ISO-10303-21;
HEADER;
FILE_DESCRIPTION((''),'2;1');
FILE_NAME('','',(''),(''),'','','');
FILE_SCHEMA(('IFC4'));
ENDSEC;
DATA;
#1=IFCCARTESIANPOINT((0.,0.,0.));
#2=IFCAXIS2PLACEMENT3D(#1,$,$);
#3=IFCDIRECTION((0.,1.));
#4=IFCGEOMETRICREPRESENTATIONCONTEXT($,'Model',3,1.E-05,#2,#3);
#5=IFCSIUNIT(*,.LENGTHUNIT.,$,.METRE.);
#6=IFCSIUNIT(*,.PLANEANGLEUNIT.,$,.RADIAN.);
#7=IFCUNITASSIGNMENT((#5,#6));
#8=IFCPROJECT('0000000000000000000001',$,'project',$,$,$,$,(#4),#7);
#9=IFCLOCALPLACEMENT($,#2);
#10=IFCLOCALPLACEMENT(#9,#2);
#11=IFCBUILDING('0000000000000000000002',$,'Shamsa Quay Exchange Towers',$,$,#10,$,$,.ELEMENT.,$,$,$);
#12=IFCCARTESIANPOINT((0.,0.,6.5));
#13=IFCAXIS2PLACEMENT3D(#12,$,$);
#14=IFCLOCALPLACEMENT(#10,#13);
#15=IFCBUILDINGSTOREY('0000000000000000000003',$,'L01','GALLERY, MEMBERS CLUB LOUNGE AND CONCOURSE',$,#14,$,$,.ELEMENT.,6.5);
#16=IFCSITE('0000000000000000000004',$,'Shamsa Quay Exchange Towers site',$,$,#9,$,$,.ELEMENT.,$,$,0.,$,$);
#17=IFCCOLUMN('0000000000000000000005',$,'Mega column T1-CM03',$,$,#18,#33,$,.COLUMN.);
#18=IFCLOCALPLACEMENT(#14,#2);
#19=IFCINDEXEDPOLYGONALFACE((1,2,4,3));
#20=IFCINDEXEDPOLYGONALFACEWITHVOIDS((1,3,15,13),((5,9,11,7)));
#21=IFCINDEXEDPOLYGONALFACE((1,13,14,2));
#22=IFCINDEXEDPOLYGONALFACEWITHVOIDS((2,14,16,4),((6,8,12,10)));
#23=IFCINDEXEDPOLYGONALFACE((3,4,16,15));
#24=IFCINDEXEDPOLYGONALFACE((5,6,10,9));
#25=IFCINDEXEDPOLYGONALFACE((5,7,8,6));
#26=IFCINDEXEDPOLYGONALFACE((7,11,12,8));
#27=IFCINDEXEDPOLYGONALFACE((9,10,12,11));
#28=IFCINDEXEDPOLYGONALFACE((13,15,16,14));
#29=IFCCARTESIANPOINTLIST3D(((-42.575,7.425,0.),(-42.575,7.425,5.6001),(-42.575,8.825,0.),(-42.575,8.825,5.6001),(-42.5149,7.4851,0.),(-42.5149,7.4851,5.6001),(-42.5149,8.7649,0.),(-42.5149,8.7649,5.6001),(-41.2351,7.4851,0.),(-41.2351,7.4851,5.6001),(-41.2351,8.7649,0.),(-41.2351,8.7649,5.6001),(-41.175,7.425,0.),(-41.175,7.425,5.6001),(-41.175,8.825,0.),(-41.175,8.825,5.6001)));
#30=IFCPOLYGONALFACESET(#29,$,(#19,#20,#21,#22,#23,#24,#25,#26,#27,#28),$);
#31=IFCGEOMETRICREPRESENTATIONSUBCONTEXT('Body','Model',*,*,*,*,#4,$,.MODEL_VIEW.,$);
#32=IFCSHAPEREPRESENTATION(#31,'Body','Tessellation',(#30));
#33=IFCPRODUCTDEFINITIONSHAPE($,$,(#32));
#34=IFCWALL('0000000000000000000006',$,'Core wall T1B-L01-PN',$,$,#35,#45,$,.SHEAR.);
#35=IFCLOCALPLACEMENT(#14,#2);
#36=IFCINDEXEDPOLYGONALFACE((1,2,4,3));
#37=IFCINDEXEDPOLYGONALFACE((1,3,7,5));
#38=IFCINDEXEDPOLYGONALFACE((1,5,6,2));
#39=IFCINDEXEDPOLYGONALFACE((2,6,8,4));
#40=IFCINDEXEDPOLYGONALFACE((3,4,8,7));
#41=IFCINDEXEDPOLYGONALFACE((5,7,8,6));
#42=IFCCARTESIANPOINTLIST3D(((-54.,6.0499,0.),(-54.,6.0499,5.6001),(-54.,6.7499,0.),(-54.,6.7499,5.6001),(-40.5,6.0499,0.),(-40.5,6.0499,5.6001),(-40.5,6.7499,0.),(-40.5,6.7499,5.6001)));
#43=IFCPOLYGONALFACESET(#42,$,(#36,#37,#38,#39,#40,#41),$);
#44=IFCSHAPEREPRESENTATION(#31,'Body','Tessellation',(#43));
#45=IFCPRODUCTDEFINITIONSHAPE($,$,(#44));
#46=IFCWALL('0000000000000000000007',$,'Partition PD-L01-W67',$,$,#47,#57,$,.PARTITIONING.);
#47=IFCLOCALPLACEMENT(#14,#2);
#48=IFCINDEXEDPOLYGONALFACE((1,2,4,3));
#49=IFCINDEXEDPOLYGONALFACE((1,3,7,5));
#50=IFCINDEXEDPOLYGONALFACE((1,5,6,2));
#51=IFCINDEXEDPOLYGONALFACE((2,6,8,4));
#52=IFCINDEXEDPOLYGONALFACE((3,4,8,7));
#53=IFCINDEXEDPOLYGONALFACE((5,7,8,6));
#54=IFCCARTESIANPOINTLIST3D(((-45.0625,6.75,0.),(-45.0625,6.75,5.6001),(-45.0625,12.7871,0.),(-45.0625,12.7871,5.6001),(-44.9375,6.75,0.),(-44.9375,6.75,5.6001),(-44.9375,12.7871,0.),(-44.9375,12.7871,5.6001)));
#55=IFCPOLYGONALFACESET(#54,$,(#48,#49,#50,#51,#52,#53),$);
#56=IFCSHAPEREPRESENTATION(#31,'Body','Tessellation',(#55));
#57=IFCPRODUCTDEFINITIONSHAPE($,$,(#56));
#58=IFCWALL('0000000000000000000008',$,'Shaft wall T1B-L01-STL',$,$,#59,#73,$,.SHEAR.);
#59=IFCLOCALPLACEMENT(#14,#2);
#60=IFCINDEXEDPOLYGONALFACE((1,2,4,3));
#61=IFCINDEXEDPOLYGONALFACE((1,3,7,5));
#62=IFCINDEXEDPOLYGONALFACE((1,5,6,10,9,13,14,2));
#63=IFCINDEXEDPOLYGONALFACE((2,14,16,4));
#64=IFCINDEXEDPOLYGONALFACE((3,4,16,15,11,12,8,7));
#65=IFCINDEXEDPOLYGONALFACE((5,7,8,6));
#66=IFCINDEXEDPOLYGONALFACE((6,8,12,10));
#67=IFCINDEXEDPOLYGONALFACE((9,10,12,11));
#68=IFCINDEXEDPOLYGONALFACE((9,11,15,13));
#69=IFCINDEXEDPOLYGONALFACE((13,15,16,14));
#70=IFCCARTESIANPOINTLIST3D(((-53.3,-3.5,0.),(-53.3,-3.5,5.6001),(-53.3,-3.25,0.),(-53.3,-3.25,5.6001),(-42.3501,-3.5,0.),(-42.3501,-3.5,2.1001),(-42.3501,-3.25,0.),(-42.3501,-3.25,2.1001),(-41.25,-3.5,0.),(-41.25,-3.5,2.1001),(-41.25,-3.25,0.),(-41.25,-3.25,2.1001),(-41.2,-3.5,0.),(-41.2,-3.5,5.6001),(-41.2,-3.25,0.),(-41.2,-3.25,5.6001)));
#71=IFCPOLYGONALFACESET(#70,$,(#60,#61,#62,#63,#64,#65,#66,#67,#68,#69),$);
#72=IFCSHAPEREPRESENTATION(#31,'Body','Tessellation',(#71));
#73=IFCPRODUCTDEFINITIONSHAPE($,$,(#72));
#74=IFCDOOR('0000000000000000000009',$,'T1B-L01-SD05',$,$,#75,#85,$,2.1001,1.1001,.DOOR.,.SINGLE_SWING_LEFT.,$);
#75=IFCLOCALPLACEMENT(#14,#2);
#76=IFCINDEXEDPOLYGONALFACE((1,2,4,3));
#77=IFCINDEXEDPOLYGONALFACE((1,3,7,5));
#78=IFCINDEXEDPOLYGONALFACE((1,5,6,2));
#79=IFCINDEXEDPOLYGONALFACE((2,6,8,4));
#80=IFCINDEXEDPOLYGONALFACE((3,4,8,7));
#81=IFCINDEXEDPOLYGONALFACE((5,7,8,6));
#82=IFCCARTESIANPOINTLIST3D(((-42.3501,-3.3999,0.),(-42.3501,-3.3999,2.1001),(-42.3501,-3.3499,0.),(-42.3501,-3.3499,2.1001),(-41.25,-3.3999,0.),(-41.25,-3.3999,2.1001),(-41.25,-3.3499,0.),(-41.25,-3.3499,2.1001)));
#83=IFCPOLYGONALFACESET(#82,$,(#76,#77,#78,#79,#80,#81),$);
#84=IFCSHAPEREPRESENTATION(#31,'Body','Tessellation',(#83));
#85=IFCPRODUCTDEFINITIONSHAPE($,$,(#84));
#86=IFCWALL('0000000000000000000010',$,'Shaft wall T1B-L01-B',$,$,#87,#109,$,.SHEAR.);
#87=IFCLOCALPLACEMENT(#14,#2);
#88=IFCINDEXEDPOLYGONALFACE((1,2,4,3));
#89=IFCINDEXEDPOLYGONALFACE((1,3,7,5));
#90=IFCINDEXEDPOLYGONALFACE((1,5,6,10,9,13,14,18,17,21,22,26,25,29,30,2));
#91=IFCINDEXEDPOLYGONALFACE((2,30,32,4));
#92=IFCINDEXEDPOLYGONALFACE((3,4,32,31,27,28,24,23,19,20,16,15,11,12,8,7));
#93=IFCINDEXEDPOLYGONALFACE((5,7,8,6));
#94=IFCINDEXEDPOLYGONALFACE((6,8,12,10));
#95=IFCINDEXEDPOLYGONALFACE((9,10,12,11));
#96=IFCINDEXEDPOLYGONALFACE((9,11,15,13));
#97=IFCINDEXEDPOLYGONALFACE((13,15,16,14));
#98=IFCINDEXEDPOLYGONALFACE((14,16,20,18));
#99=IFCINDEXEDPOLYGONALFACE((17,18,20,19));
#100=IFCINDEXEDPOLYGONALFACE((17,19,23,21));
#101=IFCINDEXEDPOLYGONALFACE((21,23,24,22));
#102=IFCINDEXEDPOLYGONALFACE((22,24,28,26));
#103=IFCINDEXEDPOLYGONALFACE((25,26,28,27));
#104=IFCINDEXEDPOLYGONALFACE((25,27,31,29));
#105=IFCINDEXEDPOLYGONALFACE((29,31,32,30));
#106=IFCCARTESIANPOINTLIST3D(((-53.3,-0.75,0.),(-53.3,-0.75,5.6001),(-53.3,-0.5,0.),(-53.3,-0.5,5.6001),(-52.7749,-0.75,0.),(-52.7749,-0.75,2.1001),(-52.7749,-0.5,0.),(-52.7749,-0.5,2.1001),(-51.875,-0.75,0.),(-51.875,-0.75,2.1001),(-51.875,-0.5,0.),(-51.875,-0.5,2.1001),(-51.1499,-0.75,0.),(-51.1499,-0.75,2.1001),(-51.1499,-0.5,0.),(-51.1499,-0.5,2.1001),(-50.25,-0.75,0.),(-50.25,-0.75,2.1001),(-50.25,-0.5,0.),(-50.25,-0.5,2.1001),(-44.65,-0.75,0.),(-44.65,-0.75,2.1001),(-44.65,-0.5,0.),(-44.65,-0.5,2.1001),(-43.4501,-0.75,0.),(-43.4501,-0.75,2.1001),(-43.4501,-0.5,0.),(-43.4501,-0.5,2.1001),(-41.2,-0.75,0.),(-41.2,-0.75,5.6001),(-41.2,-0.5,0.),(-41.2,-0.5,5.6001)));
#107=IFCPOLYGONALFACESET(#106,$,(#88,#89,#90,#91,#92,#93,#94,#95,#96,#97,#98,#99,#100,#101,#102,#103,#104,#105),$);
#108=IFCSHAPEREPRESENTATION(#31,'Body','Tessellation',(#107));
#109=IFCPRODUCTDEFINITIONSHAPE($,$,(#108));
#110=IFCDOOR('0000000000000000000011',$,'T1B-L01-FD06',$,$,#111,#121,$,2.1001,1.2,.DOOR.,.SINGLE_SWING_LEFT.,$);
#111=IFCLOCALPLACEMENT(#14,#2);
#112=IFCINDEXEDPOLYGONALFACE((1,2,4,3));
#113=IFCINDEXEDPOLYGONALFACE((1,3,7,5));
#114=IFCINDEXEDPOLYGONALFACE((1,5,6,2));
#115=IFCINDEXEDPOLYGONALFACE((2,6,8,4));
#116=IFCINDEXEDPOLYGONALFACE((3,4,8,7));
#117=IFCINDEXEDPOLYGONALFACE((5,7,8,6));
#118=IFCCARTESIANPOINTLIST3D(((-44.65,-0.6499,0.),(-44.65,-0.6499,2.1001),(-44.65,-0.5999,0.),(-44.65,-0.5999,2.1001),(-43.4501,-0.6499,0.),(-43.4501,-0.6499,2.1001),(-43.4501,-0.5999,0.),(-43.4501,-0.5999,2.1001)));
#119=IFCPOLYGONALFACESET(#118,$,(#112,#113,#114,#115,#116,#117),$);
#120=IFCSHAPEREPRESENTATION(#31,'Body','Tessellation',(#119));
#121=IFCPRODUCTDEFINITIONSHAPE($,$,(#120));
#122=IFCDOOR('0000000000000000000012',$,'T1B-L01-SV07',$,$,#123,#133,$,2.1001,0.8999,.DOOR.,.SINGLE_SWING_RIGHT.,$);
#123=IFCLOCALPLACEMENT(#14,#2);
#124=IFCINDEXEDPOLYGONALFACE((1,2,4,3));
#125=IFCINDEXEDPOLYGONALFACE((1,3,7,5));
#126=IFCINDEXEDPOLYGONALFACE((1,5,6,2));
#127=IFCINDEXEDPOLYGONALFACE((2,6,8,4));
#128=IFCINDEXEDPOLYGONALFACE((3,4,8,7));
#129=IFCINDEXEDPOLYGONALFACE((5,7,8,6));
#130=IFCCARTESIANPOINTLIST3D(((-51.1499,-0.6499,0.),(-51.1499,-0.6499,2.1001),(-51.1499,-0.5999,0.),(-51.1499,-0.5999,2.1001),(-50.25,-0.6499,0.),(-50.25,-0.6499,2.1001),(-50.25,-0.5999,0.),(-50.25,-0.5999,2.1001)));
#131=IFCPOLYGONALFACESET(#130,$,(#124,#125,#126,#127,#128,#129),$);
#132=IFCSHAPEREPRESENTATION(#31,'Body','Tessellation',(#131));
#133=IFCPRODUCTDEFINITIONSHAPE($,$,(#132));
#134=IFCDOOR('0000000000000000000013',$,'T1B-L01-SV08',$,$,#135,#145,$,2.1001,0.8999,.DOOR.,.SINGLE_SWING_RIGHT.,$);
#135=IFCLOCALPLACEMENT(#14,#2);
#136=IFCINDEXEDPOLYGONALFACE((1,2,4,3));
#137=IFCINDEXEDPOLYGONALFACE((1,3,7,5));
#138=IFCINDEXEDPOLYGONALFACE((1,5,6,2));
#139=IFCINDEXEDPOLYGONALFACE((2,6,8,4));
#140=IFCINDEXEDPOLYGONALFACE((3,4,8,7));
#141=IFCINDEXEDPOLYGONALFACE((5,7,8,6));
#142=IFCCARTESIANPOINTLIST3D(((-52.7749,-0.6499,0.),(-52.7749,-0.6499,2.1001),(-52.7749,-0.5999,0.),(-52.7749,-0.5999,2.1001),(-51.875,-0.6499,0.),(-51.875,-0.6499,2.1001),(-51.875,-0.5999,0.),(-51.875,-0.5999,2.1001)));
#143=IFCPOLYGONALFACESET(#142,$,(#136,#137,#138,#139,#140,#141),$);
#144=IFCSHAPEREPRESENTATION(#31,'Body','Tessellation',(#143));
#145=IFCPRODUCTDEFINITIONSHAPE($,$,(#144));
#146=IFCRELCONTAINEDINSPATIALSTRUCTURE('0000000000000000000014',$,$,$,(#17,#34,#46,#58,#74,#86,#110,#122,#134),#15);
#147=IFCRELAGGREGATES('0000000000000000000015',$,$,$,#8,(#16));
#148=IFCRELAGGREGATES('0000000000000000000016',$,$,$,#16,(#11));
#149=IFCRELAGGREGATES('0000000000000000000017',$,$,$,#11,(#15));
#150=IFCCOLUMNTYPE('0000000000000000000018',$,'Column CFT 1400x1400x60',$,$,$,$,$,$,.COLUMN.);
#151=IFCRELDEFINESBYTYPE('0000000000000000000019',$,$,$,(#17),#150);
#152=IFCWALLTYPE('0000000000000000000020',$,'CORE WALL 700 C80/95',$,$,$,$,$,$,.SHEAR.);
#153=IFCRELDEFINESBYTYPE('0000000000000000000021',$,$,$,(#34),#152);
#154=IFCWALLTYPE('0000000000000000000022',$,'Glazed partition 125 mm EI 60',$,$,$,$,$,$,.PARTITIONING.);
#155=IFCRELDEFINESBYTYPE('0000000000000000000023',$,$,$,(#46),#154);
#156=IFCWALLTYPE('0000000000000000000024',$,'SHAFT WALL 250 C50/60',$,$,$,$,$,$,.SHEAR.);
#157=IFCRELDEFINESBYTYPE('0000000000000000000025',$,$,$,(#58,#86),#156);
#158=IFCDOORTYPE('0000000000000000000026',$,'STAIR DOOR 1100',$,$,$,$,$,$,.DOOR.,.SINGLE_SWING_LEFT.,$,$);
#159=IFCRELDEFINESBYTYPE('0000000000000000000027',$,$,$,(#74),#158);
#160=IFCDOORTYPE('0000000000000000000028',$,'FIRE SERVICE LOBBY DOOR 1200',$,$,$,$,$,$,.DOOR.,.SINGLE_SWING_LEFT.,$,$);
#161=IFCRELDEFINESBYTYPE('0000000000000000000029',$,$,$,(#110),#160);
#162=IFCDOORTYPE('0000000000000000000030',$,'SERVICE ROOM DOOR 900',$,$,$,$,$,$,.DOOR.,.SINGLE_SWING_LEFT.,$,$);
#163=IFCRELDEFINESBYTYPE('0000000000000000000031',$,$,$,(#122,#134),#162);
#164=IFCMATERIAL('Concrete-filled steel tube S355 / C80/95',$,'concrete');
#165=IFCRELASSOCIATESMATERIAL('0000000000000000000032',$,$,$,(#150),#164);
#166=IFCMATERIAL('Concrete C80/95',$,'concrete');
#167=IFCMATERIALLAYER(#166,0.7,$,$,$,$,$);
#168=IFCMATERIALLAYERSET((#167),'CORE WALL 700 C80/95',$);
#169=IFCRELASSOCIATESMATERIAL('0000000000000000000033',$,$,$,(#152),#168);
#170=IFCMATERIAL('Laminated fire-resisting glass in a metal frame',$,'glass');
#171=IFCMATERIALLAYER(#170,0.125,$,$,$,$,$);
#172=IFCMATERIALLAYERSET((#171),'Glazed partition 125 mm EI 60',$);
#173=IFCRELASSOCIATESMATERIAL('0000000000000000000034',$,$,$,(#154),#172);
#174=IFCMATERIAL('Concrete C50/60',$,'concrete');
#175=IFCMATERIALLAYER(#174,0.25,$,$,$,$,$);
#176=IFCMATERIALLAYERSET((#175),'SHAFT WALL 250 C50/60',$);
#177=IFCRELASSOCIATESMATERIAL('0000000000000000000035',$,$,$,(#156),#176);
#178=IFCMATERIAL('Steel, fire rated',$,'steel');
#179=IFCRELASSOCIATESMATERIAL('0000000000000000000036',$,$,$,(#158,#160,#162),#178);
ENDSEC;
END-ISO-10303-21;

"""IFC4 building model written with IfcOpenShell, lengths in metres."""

from ifc_helpers import new_model, si_unit, direction, frame, frame_2d, origin, origin_2d, place, context, subcontext, project, spatial, rectangle, hollow_rectangle, extrude, material, layer, layer_set, material_profile, profile_set, type_object, element, fill, save


model = new_model("IFC4")

# Units and contexts
model_context = context("Model", 3, precision=1e-05, world=origin(), true_north=direction((0.0, 1.0)))
body_context = subcontext(model_context, "Body", "Model", "MODEL_VIEW")
ifc_project = project(units=[si_unit("LENGTHUNIT", "METRE"), si_unit("PLANEANGLEUNIT", "RADIAN")], contexts=[model_context])

# Site, building, storey
site_placement = place(None, origin())
site = spatial("IfcSite", under=ifc_project, at=site_placement, Name="Shamsa Quay Exchange Towers site", CompositionType="ELEMENT", RefElevation=0.0)
building_placement = place(site_placement, origin())
building = spatial("IfcBuilding", under=site, at=building_placement, Name="Shamsa Quay Exchange Towers", CompositionType="ELEMENT")
storey_placement = place(building_placement, frame((0.0, 0.0, 6.5)))
storey = spatial("IfcBuildingStorey", under=building, at=storey_placement, Name="L01", Description="GALLERY, MEMBERS CLUB LOUNGE AND CONCOURSE", CompositionType="ELEMENT", Elevation=6.5)

# Column
ifc_material_1 = material(Name="Concrete-filled steel tube S355 / C80/95", Category="concrete")
ifc_material_profile = material_profile(ifc_material_1, hollow_rectangle(XDim=1.3999, YDim=1.3999, WallThickness=0.0601, at=origin_2d()), Name="CFT 1400x1400x60")
ifc_profile_set = profile_set([ifc_material_profile], Name="Concrete-filled steel tube S355 / C80/95")
column_type = type_object("IfcColumnType", Name="Column CFT 1400x1400x60", PredefinedType="COLUMN", material=ifc_profile_set)
column_placement = place(storey_placement, frame((-41.875, 8.125, 0.0)))
element("IfcColumn", 1, at=column_placement, inside=storey, type_object=column_type, Name="Mega column T1-CM03", PredefinedType="COLUMN", context=body_context, shape_type="SweptSolid", body=[
    extrude(hollow_rectangle(XDim=1.3999, YDim=1.3999, WallThickness=0.0601, at=origin_2d()), origin(), (0.0, 0.0, 1.0), 5.6001),
])

# Walls
ifc_material_2 = material(Name="Concrete C80/95", Category="concrete")
ifc_layer_1 = layer(ifc_material_2, 0.7)
ifc_layer_set_1 = layer_set([ifc_layer_1], Name="CORE WALL 700 C80/95")
wall_type_1 = type_object("IfcWallType", Name="CORE WALL 700 C80/95", PredefinedType="SHEAR", material=ifc_layer_set_1)
wall_1_placement = place(storey_placement, frame((-40.5, 6.3999, 0.0), z_axis=(0.0, 0.0, 1.0), x_axis=(-1.0, 0.0, 0.0)))
element("IfcWall", 2, at=wall_1_placement, inside=storey, type_object=wall_type_1, Name="Core wall T1B-L01-PN", PredefinedType="SHEAR", context=body_context, shape_type="SweptSolid", body=[
    extrude(rectangle(XDim=13.5, YDim=0.7, at=frame_2d((6.75, 0.0))), origin(), (0.0, 0.0, 1.0), 5.6001),
])
ifc_material_3 = material(Name="Laminated fire-resisting glass in a metal frame", Category="glass")
ifc_layer_2 = layer(ifc_material_3, 0.125)
ifc_layer_set_2 = layer_set([ifc_layer_2], Name="Glazed partition 125 mm EI 60")
wall_type_2 = type_object("IfcWallType", Name="Glazed partition 125 mm EI 60", PredefinedType="PARTITIONING", material=ifc_layer_set_2)
wall_2_placement = place(storey_placement, frame((-45.0, 6.75, 0.0), z_axis=(0.0, 0.0, 1.0), x_axis=(0.0, 1.0, 0.0)))
element("IfcWall", 3, at=wall_2_placement, inside=storey, type_object=wall_type_2, Name="Partition PD-L01-W67", PredefinedType="PARTITIONING", context=body_context, shape_type="SweptSolid", body=[
    extrude(rectangle(XDim=6.0371, YDim=0.125, at=frame_2d((3.0186, 0.0))), origin(), (0.0, 0.0, 1.0), 5.6001),
])

# Wall, opening, door
ifc_material_4 = material(Name="Concrete C50/60", Category="concrete")
ifc_layer_3 = layer(ifc_material_4, 0.25)
ifc_layer_set_3 = layer_set([ifc_layer_3], Name="SHAFT WALL 250 C50/60")
wall_type_3 = type_object("IfcWallType", Name="SHAFT WALL 250 C50/60", PredefinedType="SHEAR", material=ifc_layer_set_3)
wall_3_placement = place(storey_placement, frame((-41.2, -3.375, 0.0), z_axis=(0.0, 0.0, 1.0), x_axis=(-1.0, 0.0, 0.0)))
wall_3 = element("IfcWall", 4, at=wall_3_placement, inside=storey, type_object=wall_type_3, Name="Shaft wall T1B-L01-STL", PredefinedType="SHEAR", context=body_context, shape_type="SweptSolid", body=[
    extrude(rectangle(XDim=12.1001, YDim=0.25, at=frame_2d((6.05, 0.0))), origin(), (0.0, 0.0, 1.0), 5.6001),
])
opening_1_placement = place(wall_3_placement, frame((0.05, 0.0, 0.0)))
opening_1 = element("IfcOpeningElement", 5, at=opening_1_placement, cuts=wall_3, PredefinedType="OPENING", context=body_context, shape_type="SweptSolid", body=[
    extrude(rectangle(XDim=1.1001, YDim=2.1001, at=frame_2d((0.55, 1.05))), frame((0.0, 0.135, 0.0), z_axis=(0.0, -1.0, 0.0), x_axis=(1.0, 0.0, 0.0)), (0.0, 0.0, 1.0), 0.27),
])
ifc_material_5 = material(Name="Steel, fire rated", Category="steel")
door_type_1 = type_object("IfcDoorType", Name="STAIR DOOR 1100", OperationType="SINGLE_SWING_LEFT", PredefinedType="DOOR", material=ifc_material_5)
door_1_placement = place(opening_1_placement, origin())
door_1 = element("IfcDoor", 6, at=door_1_placement, inside=storey, type_object=door_type_1, Name="T1B-L01-SD05", OperationType="SINGLE_SWING_LEFT", OverallHeight=2.1001, OverallWidth=1.1001, PredefinedType="DOOR", context=body_context, shape_type="SweptSolid", body=[
    extrude(rectangle(XDim=1.1001, YDim=2.1001, at=frame_2d((0.55, 1.05))), frame((0.0, 0.0249, 0.0), z_axis=(0.0, -1.0, 0.0), x_axis=(1.0, 0.0, 0.0)), (0.0, 0.0, 1.0), 0.05),
])
fill(opening_1, door_1)

# Wall, openings, doors
wall_4_placement = place(storey_placement, frame((-41.2, -0.625, 0.0), z_axis=(0.0, 0.0, 1.0), x_axis=(-1.0, 0.0, 0.0)))
wall_4 = element("IfcWall", 7, at=wall_4_placement, inside=storey, type_object=wall_type_3, Name="Shaft wall T1B-L01-B", PredefinedType="SHEAR", context=body_context, shape_type="SweptSolid", body=[
    extrude(rectangle(XDim=12.1001, YDim=0.25, at=frame_2d((6.05, 0.0))), origin(), (0.0, 0.0, 1.0), 5.6001),
])
opening_2_placement = place(wall_4_placement, frame((2.25, 0.0, 0.0)))
opening_2 = element("IfcOpeningElement", 8, at=opening_2_placement, cuts=wall_4, PredefinedType="OPENING", context=body_context, shape_type="SweptSolid", body=[
    extrude(rectangle(XDim=1.2, YDim=2.1001, at=frame_2d((0.6001, 1.05))), frame((0.0, 0.135, 0.0), z_axis=(0.0, -1.0, 0.0), x_axis=(1.0, 0.0, 0.0)), (0.0, 0.0, 1.0), 0.27),
])
opening_3_placement = place(wall_4_placement, frame((9.05, 0.0, 0.0)))
opening_3 = element("IfcOpeningElement", 9, at=opening_3_placement, cuts=wall_4, PredefinedType="OPENING", context=body_context, shape_type="SweptSolid", body=[
    extrude(rectangle(XDim=0.8999, YDim=2.1001, at=frame_2d((0.45, 1.05))), frame((0.0, 0.135, 0.0), z_axis=(0.0, -1.0, 0.0), x_axis=(1.0, 0.0, 0.0)), (0.0, 0.0, 1.0), 0.27),
])
opening_4_placement = place(wall_4_placement, frame((10.675, 0.0, 0.0)))
opening_4 = element("IfcOpeningElement", 10, at=opening_4_placement, cuts=wall_4, PredefinedType="OPENING", context=body_context, shape_type="SweptSolid", body=[
    extrude(rectangle(XDim=0.8999, YDim=2.1001, at=frame_2d((0.45, 1.05))), frame((0.0, 0.135, 0.0), z_axis=(0.0, -1.0, 0.0), x_axis=(1.0, 0.0, 0.0)), (0.0, 0.0, 1.0), 0.27),
])
door_type_2 = type_object("IfcDoorType", Name="FIRE SERVICE LOBBY DOOR 1200", OperationType="SINGLE_SWING_LEFT", PredefinedType="DOOR", material=ifc_material_5)
door_2_placement = place(opening_2_placement, origin())
door_2 = element("IfcDoor", 11, at=door_2_placement, inside=storey, type_object=door_type_2, Name="T1B-L01-FD06", OperationType="SINGLE_SWING_LEFT", OverallHeight=2.1001, OverallWidth=1.2, PredefinedType="DOOR", context=body_context, shape_type="SweptSolid", body=[
    extrude(rectangle(XDim=1.2, YDim=2.1001, at=frame_2d((0.6001, 1.05))), frame((0.0, 0.0249, 0.0), z_axis=(0.0, -1.0, 0.0), x_axis=(1.0, 0.0, 0.0)), (0.0, 0.0, 1.0), 0.05),
])
fill(opening_2, door_2)
door_type_3 = type_object("IfcDoorType", Name="SERVICE ROOM DOOR 900", OperationType="SINGLE_SWING_LEFT", PredefinedType="DOOR", material=ifc_material_5)
door_3_placement = place(opening_3_placement, origin())
door_3 = element("IfcDoor", 12, at=door_3_placement, inside=storey, type_object=door_type_3, Name="T1B-L01-SV07", OperationType="SINGLE_SWING_RIGHT", OverallHeight=2.1001, OverallWidth=0.8999, PredefinedType="DOOR", context=body_context, shape_type="SweptSolid", body=[
    extrude(rectangle(XDim=0.8999, YDim=2.1001, at=frame_2d((0.45, 1.05))), frame((0.0, 0.0249, 0.0), z_axis=(0.0, -1.0, 0.0), x_axis=(1.0, 0.0, 0.0)), (0.0, 0.0, 1.0), 0.05),
])
fill(opening_3, door_3)
door_4_placement = place(opening_4_placement, origin())
door_4 = element("IfcDoor", 13, at=door_4_placement, inside=storey, type_object=door_type_3, Name="T1B-L01-SV08", OperationType="SINGLE_SWING_RIGHT", OverallHeight=2.1001, OverallWidth=0.8999, PredefinedType="DOOR", context=body_context, shape_type="SweptSolid", body=[
    extrude(rectangle(XDim=0.8999, YDim=2.1001, at=frame_2d((0.45, 1.05))), frame((0.0, 0.0249, 0.0), z_axis=(0.0, -1.0, 0.0), x_axis=(1.0, 0.0, 0.0)), (0.0, 0.0, 1.0), 0.05),
])
fill(opening_4, door_4)

save(model, "model.ifc")
